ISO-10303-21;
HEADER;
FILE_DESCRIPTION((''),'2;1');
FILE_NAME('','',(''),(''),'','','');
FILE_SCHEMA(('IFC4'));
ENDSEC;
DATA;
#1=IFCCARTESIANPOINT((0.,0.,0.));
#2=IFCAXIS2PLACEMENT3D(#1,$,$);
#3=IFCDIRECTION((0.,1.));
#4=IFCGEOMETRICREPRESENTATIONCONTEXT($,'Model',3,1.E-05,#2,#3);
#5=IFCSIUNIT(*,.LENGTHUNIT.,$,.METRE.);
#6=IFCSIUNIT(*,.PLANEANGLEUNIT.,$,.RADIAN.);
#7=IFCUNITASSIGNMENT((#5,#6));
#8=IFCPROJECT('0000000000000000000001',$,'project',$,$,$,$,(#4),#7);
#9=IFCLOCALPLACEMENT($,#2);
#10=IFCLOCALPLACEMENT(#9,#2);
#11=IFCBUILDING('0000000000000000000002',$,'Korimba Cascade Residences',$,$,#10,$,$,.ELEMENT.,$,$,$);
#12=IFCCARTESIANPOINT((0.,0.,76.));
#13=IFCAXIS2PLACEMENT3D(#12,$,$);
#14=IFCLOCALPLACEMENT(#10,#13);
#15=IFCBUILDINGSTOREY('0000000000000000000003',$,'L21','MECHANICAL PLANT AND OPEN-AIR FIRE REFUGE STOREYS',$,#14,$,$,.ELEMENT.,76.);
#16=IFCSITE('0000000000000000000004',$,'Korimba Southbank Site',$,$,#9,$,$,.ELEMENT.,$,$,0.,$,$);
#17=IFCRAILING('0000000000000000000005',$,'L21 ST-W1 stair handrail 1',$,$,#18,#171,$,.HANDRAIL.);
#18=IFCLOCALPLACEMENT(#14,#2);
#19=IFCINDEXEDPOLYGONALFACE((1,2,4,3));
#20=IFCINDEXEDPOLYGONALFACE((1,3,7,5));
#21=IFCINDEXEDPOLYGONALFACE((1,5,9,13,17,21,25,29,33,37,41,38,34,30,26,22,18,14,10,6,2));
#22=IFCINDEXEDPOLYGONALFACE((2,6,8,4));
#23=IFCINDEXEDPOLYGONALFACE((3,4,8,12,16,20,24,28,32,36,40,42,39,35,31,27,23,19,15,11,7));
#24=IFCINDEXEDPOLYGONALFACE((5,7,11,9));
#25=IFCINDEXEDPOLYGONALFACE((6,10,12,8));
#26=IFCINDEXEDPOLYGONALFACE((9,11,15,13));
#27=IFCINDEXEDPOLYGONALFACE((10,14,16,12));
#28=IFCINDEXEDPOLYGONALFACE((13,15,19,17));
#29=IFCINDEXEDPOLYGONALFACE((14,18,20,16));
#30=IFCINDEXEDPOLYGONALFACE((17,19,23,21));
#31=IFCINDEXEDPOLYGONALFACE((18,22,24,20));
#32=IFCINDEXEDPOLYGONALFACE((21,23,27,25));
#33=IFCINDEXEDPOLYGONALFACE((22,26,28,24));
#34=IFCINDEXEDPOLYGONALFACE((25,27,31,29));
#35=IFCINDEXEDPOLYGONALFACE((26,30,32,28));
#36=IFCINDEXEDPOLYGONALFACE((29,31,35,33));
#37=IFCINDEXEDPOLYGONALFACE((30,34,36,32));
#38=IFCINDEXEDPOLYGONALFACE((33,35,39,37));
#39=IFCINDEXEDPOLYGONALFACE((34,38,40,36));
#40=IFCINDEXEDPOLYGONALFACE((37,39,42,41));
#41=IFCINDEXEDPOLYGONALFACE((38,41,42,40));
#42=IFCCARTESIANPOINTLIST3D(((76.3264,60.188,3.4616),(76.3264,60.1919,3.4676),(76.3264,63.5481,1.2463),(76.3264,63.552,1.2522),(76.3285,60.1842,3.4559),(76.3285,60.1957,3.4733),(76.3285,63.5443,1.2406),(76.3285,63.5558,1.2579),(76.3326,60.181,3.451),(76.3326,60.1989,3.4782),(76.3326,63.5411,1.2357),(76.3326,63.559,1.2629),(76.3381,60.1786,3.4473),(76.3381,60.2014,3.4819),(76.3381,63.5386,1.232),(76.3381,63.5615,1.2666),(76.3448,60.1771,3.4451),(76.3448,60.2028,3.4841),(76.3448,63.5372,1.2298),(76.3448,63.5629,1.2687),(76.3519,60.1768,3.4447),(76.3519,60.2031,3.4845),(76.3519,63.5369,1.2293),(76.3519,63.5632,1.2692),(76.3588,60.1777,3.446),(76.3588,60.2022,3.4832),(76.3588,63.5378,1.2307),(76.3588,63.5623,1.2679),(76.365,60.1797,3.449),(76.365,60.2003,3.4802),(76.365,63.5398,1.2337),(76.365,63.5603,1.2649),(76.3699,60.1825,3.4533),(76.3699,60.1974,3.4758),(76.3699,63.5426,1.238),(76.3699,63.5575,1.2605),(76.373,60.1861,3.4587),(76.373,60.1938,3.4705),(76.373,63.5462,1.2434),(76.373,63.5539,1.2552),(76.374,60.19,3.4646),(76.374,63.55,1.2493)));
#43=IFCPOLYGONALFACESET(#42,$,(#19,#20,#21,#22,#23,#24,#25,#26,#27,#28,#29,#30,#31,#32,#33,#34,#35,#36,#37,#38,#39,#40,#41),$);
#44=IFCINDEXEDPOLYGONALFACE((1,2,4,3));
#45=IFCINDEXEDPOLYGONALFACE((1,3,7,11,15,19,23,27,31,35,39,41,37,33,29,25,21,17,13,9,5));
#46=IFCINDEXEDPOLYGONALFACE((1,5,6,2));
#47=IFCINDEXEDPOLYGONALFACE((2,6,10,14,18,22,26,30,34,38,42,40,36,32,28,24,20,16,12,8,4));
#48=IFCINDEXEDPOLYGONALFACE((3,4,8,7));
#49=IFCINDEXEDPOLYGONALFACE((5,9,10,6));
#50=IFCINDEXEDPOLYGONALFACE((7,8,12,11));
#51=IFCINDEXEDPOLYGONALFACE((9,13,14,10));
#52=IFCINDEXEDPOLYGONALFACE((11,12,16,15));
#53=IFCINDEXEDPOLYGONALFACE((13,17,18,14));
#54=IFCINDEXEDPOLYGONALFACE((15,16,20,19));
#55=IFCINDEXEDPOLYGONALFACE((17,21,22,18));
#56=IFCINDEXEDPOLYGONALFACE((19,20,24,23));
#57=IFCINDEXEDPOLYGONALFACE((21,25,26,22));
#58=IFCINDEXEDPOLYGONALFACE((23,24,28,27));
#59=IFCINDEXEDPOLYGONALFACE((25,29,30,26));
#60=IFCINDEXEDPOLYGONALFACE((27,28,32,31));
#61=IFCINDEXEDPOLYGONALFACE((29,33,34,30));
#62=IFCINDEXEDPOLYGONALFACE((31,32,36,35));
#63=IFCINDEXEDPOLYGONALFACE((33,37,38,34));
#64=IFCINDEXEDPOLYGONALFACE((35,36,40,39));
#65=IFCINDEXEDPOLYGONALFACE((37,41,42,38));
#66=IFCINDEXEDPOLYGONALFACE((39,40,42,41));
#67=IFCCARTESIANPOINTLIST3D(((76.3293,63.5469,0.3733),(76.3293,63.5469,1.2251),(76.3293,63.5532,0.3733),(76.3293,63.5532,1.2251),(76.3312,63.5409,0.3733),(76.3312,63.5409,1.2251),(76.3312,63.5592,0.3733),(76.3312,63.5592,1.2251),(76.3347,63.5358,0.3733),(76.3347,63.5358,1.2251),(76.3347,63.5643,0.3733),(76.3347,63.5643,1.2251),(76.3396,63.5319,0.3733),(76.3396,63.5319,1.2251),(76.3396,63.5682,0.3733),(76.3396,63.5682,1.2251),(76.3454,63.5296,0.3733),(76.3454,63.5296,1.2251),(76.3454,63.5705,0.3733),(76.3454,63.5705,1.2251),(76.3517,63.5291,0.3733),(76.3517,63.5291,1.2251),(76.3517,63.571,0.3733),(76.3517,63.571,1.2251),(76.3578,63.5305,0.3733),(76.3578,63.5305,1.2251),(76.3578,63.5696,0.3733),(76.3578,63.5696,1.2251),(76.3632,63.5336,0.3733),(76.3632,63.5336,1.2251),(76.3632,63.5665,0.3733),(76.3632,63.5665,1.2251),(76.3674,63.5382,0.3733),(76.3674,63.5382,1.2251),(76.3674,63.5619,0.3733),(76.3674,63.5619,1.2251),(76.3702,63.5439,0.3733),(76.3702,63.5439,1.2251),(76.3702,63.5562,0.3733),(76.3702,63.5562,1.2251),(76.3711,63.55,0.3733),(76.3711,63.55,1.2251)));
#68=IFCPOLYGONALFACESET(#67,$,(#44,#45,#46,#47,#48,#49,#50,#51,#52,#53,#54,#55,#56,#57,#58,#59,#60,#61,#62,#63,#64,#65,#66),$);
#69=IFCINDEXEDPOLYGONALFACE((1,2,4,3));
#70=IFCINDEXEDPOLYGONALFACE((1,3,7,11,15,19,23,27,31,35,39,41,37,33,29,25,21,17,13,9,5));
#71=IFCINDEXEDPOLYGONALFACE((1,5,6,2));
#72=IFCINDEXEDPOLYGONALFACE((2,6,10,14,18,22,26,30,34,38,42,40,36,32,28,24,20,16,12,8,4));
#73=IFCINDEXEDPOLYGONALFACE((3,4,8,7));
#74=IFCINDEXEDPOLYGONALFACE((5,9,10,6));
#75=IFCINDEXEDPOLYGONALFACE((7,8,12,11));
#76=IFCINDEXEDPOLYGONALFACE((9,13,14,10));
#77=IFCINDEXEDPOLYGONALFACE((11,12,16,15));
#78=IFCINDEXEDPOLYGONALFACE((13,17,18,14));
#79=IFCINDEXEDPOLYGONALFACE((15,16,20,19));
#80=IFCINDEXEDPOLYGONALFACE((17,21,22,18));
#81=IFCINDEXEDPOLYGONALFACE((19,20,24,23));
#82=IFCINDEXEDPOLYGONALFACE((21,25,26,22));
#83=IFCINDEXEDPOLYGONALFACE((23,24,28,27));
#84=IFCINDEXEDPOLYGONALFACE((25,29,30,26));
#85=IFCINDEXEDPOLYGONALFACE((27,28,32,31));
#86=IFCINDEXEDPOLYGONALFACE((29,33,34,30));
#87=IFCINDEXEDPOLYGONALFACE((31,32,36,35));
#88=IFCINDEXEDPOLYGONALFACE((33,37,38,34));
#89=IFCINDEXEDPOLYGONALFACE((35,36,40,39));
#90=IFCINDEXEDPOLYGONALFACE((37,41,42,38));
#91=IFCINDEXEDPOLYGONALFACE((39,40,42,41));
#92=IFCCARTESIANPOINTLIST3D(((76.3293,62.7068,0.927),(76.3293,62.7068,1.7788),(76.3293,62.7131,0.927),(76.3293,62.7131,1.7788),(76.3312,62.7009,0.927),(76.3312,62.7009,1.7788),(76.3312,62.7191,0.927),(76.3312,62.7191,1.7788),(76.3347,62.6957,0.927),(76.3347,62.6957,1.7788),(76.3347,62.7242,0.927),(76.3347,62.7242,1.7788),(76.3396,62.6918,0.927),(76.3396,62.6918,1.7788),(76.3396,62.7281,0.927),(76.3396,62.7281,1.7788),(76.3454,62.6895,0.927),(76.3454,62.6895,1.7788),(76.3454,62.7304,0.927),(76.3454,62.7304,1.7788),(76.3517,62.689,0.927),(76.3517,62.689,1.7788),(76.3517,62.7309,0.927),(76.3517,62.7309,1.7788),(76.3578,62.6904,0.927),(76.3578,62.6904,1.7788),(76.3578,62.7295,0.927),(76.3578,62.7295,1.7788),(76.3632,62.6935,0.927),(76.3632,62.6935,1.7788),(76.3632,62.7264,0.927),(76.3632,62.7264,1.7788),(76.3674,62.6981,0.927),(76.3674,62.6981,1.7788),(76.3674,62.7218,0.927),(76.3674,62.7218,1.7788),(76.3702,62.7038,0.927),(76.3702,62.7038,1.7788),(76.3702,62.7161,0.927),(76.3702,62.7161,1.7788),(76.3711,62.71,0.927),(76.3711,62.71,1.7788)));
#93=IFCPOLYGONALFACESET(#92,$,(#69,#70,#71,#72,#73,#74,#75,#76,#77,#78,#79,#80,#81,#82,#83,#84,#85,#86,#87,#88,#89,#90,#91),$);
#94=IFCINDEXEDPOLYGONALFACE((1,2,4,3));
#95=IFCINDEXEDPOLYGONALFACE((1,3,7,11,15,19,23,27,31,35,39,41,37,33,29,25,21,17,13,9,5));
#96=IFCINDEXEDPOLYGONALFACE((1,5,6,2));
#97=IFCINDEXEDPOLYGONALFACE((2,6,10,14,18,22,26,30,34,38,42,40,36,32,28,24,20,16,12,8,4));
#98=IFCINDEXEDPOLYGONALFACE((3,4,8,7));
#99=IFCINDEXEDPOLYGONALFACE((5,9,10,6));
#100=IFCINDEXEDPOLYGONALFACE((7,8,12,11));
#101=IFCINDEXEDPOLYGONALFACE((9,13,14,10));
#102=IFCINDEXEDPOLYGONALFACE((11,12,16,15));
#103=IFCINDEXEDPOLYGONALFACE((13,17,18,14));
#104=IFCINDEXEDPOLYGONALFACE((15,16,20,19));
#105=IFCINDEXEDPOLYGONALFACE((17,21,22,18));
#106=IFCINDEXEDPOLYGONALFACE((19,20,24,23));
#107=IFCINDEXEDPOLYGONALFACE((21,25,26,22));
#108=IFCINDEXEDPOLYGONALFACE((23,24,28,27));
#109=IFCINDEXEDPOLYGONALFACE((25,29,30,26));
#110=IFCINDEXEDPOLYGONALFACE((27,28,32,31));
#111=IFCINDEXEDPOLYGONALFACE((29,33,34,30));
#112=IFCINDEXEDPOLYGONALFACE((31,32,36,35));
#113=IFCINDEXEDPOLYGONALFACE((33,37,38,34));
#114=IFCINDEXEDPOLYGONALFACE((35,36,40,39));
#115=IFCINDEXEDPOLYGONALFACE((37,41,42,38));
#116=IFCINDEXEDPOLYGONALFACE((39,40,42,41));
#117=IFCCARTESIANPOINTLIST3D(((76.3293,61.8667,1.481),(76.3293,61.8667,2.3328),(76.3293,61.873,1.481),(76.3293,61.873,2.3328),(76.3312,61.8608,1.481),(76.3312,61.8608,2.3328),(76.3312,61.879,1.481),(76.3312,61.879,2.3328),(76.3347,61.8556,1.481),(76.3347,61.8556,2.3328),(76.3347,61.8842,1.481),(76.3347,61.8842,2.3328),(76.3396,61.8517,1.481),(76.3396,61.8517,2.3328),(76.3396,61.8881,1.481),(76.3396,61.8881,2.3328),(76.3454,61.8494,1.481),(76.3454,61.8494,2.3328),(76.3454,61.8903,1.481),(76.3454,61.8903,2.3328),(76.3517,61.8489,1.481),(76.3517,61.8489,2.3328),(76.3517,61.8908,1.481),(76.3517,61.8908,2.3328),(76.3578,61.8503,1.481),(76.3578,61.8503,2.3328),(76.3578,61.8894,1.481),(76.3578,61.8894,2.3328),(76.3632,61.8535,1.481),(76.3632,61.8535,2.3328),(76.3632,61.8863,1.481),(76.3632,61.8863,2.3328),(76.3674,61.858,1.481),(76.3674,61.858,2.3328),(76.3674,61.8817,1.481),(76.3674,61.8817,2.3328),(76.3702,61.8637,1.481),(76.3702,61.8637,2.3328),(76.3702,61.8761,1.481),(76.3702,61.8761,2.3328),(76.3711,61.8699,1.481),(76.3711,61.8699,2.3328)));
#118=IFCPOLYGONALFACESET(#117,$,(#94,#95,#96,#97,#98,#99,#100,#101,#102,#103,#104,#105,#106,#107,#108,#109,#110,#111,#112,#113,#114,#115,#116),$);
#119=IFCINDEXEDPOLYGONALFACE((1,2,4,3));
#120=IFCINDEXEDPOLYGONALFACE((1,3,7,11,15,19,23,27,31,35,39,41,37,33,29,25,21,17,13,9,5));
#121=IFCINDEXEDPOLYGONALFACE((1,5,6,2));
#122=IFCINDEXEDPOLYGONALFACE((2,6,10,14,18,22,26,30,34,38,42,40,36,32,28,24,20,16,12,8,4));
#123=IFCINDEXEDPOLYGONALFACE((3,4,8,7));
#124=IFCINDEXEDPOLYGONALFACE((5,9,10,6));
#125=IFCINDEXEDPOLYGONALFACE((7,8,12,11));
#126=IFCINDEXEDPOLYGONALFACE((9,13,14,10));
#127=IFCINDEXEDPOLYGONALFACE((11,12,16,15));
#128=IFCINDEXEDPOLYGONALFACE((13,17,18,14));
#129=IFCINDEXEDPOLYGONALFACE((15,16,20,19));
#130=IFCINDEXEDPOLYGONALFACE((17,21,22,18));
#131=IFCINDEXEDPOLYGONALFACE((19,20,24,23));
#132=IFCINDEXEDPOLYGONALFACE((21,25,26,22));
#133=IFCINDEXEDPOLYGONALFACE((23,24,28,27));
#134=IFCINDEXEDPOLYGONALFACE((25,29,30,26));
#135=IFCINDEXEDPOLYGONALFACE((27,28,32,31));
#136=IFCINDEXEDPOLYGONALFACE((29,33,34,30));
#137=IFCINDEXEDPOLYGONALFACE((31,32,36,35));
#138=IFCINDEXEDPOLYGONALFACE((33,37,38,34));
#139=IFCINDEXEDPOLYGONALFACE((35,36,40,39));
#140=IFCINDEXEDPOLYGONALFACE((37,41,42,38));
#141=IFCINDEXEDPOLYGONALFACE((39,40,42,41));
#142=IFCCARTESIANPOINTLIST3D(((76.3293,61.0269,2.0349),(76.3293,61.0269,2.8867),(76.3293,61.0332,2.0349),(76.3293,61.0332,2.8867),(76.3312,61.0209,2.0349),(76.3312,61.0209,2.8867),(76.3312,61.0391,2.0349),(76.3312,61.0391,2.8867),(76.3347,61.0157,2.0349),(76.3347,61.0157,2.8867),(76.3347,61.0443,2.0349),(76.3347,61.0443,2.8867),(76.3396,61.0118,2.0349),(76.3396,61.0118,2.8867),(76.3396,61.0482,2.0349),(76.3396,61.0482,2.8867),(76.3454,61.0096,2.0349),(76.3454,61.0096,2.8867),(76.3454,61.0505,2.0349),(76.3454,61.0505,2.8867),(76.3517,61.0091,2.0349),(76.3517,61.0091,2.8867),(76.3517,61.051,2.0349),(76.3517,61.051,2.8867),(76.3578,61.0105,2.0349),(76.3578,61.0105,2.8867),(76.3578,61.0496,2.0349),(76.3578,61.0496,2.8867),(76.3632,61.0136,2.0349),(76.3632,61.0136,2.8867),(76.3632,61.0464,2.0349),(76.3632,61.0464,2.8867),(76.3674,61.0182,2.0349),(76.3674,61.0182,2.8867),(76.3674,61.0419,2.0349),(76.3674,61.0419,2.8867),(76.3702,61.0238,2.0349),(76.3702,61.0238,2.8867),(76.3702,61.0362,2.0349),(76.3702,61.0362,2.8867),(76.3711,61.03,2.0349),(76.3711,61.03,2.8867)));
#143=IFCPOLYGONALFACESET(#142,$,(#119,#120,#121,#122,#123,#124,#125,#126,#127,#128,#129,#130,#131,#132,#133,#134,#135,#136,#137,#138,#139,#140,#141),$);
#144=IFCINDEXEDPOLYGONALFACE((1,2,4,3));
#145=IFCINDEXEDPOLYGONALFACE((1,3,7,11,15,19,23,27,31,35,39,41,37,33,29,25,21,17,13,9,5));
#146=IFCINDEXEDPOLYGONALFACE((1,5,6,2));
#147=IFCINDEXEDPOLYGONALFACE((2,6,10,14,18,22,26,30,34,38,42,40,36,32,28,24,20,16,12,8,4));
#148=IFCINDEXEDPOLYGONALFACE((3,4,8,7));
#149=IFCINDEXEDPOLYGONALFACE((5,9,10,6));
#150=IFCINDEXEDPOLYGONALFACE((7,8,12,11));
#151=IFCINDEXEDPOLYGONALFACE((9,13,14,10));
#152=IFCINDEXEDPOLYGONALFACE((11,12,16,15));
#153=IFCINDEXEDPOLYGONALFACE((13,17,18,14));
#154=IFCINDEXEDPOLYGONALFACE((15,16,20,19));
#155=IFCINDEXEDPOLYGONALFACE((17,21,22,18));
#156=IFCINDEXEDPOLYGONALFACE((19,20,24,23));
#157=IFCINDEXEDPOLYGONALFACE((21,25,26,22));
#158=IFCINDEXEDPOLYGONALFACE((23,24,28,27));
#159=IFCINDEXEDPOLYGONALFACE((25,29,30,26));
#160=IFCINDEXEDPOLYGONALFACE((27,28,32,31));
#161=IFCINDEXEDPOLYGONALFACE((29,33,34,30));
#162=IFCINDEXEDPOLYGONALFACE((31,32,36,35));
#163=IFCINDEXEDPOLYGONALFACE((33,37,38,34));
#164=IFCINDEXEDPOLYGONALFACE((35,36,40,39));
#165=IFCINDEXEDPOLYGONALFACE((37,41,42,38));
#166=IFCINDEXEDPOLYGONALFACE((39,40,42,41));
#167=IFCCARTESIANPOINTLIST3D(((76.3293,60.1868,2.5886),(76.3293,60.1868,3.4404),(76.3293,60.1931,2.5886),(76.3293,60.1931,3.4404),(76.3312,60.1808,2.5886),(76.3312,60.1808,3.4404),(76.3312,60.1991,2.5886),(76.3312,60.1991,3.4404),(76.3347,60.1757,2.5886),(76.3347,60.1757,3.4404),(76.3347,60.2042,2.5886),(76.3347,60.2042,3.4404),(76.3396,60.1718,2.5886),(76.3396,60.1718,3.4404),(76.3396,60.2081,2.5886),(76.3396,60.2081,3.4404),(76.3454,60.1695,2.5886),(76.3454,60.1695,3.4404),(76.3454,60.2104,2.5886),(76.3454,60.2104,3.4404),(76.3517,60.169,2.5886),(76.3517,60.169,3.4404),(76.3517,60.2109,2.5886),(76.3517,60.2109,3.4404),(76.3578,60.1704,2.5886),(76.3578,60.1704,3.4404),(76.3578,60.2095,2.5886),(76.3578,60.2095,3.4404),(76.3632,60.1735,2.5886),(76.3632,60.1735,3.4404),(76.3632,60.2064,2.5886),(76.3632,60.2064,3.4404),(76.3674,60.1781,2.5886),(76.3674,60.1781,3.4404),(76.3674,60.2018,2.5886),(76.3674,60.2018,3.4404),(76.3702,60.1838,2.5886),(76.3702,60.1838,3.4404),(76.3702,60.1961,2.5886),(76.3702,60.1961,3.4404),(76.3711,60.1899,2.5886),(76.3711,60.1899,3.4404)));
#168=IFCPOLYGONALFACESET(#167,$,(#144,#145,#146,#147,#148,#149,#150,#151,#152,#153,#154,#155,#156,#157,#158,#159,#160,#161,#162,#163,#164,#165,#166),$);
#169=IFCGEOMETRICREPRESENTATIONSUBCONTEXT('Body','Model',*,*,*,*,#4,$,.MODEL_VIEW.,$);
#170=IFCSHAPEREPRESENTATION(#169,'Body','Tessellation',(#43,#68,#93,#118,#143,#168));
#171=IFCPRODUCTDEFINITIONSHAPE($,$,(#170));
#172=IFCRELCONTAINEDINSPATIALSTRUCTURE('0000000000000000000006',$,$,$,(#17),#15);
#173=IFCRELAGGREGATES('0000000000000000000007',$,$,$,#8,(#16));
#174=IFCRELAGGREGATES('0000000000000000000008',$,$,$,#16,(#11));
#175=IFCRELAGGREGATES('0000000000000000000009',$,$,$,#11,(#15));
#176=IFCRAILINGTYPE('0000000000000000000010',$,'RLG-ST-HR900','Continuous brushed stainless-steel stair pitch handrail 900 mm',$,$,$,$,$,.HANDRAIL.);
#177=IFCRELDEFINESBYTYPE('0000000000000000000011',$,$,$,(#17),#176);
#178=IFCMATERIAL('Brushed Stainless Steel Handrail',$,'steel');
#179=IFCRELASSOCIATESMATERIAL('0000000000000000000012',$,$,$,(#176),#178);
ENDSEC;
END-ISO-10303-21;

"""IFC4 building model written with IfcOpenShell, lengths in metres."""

from ifc_helpers import new_model, si_unit, direction, frame, origin, origin_2d, place, context, subcontext, project, spatial, circle, extrude, material, type_object, element, save


model = new_model("IFC4")

# Units and contexts
model_context = context("Model", 3, precision=1e-05, world=origin(), true_north=direction((0.0, 1.0)))
body_context = subcontext(model_context, "Body", "Model", "MODEL_VIEW")
ifc_project = project(units=[si_unit("LENGTHUNIT", "METRE"), si_unit("PLANEANGLEUNIT", "RADIAN")], contexts=[model_context])

# Site, building, storey
site_placement = place(None, origin())
site = spatial("IfcSite", under=ifc_project, at=site_placement, Name="Korimba Southbank Site", CompositionType="ELEMENT", RefElevation=0.0)
building_placement = place(site_placement, origin())
building = spatial("IfcBuilding", under=site, at=building_placement, Name="Korimba Cascade Residences", CompositionType="ELEMENT")
storey_placement = place(building_placement, frame((0.0, 0.0, 76.0)))
storey = spatial("IfcBuildingStorey", under=building, at=storey_placement, Name="L21", Description="MECHANICAL PLANT AND OPEN-AIR FIRE REFUGE STOREYS", CompositionType="ELEMENT", Elevation=76.0)

# Railing
ifc_material_1 = material(Name="Brushed Stainless Steel Handrail", Category="steel")
railing_type = type_object("IfcRailingType", Name="RLG-ST-HR900", Description="Continuous brushed stainless-steel stair pitch handrail 900 mm", PredefinedType="HANDRAIL", material=ifc_material_1)
railing_placement = place(storey_placement, frame((76.3501, 63.55, 0.3733)))
element("IfcRailing", 1, at=railing_placement, inside=storey, type_object=railing_type, Name="L21 ST-W1 stair handrail 1", PredefinedType="HANDRAIL", context=body_context, shape_type="SweptSolid", body=[
    extrude(circle(Radius=0.0239, at=origin_2d()), frame((0.0, 0.0, 0.876), z_axis=(0.0, -0.834876, 0.550437), x_axis=(1.0, 0.0, 0.0)), (0.0, 0.0, 1.0), 4.0247),
    extrude(circle(Radius=0.021, at=origin_2d()), origin(), (0.0, 0.0, 1.0), 0.8518),
    extrude(circle(Radius=0.021, at=origin_2d()), frame((0.0, -0.8401, 0.5537)), (0.0, 0.0, 1.0), 0.8518),
    extrude(circle(Radius=0.021, at=origin_2d()), frame((0.0, -1.6802, 1.1077)), (0.0, 0.0, 1.0), 0.8518),
    extrude(circle(Radius=0.021, at=origin_2d()), frame((0.0, -2.52, 1.6616)), (0.0, 0.0, 1.0), 0.8518),
    extrude(circle(Radius=0.021, at=origin_2d()), frame((0.0, -3.3601, 2.2153)), (0.0, 0.0, 1.0), 0.8518),
])

save(model, "model.ifc")
